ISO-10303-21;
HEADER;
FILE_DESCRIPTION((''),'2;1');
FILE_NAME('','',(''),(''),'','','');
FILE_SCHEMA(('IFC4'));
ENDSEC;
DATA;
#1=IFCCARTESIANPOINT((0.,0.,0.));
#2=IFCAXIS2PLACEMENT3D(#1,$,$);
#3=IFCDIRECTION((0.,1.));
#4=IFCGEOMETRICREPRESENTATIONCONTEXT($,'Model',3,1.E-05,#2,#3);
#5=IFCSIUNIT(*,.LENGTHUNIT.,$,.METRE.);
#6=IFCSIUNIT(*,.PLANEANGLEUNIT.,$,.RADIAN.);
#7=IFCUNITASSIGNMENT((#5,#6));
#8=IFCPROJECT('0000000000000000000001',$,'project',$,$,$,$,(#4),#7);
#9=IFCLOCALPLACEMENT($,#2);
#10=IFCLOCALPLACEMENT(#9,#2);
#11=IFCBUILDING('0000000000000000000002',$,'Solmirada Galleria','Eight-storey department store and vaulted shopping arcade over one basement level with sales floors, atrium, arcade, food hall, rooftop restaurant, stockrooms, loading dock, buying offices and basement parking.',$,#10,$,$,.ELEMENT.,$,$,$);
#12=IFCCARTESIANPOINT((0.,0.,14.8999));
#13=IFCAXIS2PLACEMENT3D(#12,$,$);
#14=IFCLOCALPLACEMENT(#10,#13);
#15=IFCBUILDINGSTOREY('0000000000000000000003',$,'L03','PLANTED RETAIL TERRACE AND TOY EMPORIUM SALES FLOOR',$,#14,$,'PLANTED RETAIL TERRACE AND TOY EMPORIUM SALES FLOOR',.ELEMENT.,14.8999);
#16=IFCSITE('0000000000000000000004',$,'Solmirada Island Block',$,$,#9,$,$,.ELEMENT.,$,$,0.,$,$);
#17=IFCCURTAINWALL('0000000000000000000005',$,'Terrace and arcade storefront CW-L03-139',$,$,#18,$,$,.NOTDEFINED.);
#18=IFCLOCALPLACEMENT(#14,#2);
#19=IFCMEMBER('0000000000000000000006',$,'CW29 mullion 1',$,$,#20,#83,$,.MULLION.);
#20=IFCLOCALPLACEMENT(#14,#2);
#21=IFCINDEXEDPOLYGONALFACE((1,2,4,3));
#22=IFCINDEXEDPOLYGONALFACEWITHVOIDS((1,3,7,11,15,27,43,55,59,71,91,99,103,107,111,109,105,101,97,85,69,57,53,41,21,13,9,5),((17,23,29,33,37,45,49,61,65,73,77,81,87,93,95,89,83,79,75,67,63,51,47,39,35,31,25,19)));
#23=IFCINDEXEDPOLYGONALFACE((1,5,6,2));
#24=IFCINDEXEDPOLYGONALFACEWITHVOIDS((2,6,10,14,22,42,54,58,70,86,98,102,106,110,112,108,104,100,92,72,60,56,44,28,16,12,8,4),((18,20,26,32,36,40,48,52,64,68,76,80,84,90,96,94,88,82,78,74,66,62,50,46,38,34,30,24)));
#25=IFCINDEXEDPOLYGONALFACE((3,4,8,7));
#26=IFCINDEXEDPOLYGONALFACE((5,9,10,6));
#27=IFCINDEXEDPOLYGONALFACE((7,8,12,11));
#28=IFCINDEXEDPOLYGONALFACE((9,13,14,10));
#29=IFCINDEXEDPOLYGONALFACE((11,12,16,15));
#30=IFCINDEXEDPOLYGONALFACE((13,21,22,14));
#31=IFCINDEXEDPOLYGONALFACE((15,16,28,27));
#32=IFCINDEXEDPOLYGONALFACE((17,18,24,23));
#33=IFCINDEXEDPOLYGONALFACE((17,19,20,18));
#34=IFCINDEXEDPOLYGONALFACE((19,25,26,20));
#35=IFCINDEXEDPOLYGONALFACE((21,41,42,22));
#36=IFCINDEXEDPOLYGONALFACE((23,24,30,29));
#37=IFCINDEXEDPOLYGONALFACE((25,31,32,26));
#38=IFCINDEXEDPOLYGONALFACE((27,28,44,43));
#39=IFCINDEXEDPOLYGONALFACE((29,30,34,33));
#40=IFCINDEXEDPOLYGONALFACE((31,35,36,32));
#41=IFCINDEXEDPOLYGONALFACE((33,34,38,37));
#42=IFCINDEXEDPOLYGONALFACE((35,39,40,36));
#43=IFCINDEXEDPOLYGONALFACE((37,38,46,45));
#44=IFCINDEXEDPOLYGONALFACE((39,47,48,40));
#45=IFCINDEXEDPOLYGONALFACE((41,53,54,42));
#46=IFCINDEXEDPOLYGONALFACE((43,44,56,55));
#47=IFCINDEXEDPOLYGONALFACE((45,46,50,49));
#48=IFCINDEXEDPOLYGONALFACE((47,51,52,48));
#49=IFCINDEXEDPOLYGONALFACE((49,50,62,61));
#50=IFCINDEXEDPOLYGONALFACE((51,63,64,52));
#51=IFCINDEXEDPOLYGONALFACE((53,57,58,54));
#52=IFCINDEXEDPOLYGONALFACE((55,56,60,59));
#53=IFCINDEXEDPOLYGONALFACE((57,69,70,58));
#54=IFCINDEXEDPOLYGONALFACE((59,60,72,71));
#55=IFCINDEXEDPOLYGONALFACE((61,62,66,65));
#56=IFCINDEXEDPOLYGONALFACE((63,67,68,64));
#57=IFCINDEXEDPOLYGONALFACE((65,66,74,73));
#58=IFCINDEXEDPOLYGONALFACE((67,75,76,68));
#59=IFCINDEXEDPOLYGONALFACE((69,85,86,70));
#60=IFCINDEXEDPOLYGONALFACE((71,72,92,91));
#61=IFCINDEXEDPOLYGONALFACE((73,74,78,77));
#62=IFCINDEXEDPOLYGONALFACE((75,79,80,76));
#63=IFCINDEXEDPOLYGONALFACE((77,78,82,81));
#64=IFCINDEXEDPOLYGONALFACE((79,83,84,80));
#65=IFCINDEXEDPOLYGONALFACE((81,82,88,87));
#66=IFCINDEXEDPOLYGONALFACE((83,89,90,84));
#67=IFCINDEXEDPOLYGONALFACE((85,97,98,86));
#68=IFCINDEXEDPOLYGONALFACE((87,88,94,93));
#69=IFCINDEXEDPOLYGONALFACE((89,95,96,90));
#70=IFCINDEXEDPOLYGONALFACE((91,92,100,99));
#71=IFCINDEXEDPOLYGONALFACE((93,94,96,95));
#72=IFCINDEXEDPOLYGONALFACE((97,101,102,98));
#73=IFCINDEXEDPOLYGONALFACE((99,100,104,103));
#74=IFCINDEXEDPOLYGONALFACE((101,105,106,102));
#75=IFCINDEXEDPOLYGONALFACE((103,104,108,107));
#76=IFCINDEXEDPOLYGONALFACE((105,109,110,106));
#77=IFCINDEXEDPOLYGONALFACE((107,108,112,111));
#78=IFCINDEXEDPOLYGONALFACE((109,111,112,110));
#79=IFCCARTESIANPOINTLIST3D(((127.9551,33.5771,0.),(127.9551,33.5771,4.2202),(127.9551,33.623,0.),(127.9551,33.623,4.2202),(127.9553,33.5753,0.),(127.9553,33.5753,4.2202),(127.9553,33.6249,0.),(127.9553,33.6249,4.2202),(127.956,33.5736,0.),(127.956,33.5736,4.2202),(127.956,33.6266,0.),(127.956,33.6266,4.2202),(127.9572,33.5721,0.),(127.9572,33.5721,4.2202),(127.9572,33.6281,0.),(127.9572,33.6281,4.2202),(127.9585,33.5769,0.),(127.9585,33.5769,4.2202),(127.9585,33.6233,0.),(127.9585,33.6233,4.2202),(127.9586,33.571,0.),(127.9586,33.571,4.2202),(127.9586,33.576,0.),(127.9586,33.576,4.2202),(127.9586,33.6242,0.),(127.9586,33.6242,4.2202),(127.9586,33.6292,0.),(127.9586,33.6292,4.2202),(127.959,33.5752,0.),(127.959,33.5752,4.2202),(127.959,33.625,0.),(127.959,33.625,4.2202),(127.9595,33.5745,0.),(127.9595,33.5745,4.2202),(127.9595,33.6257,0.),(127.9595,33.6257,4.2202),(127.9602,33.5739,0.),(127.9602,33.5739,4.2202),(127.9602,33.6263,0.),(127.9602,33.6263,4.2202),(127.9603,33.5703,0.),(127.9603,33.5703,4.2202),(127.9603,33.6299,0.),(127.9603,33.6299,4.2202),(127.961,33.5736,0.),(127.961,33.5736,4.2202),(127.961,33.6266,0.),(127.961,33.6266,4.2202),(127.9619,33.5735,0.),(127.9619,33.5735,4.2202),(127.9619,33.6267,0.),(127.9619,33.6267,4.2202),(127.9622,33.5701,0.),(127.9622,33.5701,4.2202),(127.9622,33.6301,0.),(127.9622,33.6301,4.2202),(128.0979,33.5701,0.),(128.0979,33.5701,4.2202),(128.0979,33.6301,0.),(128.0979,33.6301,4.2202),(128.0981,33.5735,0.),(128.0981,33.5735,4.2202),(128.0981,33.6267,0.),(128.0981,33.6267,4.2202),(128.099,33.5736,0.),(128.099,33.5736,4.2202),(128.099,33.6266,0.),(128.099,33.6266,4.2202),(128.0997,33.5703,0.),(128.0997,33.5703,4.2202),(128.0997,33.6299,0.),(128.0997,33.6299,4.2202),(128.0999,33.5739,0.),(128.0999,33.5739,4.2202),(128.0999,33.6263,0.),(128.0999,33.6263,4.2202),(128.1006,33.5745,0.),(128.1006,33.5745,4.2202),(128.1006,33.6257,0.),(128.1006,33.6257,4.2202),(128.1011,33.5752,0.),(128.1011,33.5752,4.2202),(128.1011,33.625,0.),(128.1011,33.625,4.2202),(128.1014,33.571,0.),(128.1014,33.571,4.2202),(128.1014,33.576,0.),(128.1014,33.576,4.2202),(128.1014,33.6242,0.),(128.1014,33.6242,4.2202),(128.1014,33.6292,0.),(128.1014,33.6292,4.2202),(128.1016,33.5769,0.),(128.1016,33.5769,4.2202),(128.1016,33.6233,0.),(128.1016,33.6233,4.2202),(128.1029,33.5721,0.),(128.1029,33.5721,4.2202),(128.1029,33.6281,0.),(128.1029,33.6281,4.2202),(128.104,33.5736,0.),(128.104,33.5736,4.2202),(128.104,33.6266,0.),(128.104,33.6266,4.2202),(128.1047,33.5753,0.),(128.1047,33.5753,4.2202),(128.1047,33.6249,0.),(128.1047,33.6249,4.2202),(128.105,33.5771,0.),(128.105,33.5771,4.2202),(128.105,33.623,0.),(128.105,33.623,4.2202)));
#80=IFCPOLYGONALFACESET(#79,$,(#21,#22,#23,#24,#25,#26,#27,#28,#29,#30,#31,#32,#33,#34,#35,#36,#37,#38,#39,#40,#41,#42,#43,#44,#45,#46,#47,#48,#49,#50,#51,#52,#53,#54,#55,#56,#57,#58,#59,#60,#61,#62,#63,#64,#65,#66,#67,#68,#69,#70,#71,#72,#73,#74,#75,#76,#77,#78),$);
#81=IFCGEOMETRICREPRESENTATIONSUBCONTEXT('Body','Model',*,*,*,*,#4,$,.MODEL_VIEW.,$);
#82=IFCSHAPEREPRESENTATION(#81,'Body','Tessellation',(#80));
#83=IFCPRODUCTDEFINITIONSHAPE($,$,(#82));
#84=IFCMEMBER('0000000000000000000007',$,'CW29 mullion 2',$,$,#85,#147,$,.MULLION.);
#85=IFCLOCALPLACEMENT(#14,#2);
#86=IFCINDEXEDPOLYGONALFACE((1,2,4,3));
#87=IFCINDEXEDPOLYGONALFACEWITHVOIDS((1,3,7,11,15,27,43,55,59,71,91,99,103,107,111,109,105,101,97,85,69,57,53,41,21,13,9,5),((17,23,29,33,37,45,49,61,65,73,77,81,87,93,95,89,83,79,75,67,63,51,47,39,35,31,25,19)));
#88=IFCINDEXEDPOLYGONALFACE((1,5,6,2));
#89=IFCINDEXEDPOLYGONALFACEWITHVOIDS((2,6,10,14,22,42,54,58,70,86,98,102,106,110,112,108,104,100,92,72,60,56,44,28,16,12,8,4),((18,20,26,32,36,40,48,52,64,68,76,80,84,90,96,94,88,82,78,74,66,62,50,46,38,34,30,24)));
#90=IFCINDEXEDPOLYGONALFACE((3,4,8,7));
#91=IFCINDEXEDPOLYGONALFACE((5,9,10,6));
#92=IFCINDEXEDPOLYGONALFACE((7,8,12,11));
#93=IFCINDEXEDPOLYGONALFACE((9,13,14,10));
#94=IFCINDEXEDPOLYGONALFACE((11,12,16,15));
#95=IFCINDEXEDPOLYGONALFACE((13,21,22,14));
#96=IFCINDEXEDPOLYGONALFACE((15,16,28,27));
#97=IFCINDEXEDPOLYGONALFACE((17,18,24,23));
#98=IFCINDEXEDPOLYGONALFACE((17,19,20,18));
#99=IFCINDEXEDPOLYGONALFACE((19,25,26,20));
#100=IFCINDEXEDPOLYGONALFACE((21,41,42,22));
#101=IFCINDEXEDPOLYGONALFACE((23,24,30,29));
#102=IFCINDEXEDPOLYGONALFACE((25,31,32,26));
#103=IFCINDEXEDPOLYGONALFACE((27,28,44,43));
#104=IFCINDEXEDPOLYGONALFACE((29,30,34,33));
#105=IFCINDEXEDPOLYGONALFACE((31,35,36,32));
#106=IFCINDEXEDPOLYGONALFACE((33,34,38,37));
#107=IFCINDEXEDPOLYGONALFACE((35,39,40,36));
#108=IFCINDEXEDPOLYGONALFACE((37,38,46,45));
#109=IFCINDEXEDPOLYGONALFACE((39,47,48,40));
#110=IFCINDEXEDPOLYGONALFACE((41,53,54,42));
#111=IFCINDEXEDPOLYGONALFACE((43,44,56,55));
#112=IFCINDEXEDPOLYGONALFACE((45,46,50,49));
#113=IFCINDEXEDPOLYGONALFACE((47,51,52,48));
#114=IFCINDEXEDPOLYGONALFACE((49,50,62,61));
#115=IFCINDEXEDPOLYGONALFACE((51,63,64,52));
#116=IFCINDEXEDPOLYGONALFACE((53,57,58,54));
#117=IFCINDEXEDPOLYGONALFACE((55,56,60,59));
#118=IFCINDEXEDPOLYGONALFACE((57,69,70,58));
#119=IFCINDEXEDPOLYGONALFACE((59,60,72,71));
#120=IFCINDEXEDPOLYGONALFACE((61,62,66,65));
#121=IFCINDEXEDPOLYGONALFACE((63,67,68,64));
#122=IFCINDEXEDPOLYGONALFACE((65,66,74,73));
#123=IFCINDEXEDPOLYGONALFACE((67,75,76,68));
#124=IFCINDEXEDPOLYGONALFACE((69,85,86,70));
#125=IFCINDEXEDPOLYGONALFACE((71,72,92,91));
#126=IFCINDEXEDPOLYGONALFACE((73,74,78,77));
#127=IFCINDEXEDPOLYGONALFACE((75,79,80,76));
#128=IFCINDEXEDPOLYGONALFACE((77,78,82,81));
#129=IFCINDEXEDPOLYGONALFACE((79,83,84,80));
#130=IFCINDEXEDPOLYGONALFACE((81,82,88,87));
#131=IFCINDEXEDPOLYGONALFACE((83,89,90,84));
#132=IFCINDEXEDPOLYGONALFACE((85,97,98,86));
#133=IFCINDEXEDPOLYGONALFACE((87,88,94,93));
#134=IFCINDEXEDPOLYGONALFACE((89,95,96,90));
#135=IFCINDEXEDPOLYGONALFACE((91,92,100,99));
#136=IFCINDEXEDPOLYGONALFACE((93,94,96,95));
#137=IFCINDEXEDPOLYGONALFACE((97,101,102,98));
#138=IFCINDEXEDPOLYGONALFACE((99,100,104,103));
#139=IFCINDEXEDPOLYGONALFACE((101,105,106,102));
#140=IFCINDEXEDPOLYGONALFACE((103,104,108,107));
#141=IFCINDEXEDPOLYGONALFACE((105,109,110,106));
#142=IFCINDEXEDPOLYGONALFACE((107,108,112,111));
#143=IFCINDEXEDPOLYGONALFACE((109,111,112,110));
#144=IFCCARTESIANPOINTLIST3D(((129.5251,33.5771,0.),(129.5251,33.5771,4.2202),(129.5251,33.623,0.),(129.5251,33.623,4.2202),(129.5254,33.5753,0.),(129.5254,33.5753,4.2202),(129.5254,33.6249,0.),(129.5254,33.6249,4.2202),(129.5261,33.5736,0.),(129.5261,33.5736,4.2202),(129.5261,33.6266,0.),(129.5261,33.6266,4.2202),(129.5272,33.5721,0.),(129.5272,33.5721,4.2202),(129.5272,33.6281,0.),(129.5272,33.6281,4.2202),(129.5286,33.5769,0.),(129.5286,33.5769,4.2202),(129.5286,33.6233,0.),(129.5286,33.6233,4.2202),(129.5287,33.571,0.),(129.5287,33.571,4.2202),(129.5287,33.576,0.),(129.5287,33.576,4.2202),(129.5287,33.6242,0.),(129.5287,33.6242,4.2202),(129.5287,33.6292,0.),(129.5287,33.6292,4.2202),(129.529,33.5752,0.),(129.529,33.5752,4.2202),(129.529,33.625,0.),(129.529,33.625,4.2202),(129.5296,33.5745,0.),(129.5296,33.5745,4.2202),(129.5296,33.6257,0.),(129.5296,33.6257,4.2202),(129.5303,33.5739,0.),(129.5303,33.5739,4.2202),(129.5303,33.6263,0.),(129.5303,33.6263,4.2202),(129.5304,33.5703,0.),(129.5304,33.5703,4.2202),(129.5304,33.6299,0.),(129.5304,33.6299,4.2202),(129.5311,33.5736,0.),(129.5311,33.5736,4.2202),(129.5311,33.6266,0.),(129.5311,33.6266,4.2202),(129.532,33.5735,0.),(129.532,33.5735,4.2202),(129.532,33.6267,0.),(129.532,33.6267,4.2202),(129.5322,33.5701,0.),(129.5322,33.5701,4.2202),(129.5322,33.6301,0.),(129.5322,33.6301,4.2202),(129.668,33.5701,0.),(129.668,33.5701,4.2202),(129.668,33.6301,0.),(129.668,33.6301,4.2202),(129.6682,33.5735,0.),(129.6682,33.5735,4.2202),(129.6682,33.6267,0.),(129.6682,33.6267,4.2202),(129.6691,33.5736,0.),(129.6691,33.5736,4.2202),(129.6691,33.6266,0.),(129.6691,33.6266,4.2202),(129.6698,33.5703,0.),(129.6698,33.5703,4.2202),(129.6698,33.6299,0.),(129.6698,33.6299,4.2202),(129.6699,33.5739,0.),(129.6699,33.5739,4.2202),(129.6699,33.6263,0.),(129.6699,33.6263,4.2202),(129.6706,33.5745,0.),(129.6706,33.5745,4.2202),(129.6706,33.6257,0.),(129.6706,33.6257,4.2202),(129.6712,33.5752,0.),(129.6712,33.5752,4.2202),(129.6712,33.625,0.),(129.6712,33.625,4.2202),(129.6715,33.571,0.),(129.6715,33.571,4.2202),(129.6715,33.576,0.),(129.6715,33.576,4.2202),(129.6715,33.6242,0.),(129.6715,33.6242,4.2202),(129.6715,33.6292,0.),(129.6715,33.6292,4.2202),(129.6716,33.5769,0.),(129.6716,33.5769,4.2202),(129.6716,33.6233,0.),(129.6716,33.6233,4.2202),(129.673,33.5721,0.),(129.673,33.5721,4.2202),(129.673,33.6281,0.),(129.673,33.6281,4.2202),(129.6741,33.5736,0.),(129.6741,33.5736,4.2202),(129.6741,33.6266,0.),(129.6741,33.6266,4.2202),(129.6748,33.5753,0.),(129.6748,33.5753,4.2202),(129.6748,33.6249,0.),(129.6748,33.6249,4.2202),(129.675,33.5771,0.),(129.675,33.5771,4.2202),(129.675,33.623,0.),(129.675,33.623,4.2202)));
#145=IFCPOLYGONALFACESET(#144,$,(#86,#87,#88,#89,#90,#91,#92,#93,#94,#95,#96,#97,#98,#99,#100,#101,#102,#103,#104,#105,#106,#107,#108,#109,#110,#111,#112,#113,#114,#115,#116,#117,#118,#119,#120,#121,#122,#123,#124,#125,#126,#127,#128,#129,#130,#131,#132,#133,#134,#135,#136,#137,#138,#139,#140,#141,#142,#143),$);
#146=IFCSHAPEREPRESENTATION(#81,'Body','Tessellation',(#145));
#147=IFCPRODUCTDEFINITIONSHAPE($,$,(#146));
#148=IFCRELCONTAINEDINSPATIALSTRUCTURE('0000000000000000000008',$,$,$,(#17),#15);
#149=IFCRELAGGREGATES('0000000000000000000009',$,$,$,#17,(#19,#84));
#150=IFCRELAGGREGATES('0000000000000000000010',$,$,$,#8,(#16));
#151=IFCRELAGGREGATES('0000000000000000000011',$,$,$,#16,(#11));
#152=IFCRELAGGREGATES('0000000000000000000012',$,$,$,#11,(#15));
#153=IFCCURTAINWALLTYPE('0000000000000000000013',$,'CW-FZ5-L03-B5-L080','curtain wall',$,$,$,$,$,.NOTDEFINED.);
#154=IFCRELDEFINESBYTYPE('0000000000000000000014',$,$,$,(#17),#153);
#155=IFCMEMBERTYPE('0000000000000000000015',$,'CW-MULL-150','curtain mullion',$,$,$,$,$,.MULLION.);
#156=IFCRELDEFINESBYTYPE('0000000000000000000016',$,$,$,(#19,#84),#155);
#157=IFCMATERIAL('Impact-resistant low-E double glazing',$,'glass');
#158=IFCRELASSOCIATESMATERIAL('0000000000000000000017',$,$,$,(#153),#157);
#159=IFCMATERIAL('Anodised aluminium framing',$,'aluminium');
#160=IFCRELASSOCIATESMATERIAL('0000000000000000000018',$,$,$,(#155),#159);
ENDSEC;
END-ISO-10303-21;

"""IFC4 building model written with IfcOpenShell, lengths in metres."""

from ifc_helpers import new_model, si_unit, direction, frame, origin, origin_2d, place, context, subcontext, project, spatial, hollow_rectangle, extrude, material, material_profile, profile_set, type_object, element, aggregate, save


model = new_model("IFC4")

# Units and contexts
model_context = context("Model", 3, precision=1e-05, world=origin(), true_north=direction((0.0, 1.0)))
body_context = subcontext(model_context, "Body", "Model", "MODEL_VIEW")
ifc_project = project(units=[si_unit("LENGTHUNIT", "METRE"), si_unit("PLANEANGLEUNIT", "RADIAN")], contexts=[model_context])

# Site, building, storey
site_placement = place(None, origin())
site = spatial("IfcSite", under=ifc_project, at=site_placement, Name="Solmirada Island Block", CompositionType="ELEMENT", RefElevation=0.0)
building_placement = place(site_placement, origin())
building = spatial("IfcBuilding", under=site, at=building_placement, Name="Solmirada Galleria", Description="Eight-storey department store and vaulted shopping arcade over one basement level with sales floors, atrium, arcade, food hall, rooftop restaurant, stockrooms, loading dock, buying offices and basement parking.", CompositionType="ELEMENT")
storey_placement = place(building_placement, frame((0.0, 0.0, 14.8999)))
storey = spatial("IfcBuildingStorey", under=building, at=storey_placement, Name="L03", Description="PLANTED RETAIL TERRACE AND TOY EMPORIUM SALES FLOOR", LongName="PLANTED RETAIL TERRACE AND TOY EMPORIUM SALES FLOOR", CompositionType="ELEMENT", Elevation=14.8999)

# Curtain wall, members
ifc_material_1 = material(Name="Impact-resistant low-E double glazing", Category="glass")
curtain_wall_type = type_object("IfcCurtainWallType", Name="CW-FZ5-L03-B5-L080", Description="curtain wall", PredefinedType="NOTDEFINED", material=ifc_material_1)
curtain_wall_placement = place(storey_placement, origin())
curtain_wall = element("IfcCurtainWall", 1, at=curtain_wall_placement, inside=storey, type_object=curtain_wall_type, Name="Terrace and arcade storefront CW-L03-139", PredefinedType="NOTDEFINED")
ifc_material_2 = material(Name="Anodised aluminium framing", Category="aluminium")
ifc_material_profile_1 = material_profile(ifc_material_2, hollow_rectangle(XDim=0.0601, YDim=0.1499, WallThickness=0.0034, InnerFilletRadius=0.0034, OuterFilletRadius=0.0071, at=origin_2d()), Name="ALU-MULL-150X60")
ifc_profile_set_1 = profile_set([ifc_material_profile_1], Name="Anodised aluminium framing")
member_type_1 = type_object("IfcMemberType", Name="CW-MULL-150", Description="curtain mullion", PredefinedType="MULLION", material=ifc_profile_set_1)
member_1_placement = place(storey_placement, frame((128.03, 33.6001, 0.0), z_axis=(0.0, 0.0, 1.0), x_axis=(0.0, 1.0, 0.0)))
member_1 = element("IfcMember", 2, at=member_1_placement, type_object=member_type_1, Name="CW29 mullion 1", PredefinedType="MULLION", context=body_context, shape_type="SweptSolid", body=[
    extrude(hollow_rectangle(XDim=0.0601, YDim=0.1499, WallThickness=0.0034, InnerFilletRadius=0.0034, OuterFilletRadius=0.0071, at=origin_2d()), origin(), (0.0, 0.0, 1.0), 4.2202),
])
member_2_placement = place(storey_placement, frame((129.6001, 33.6001, 0.0), z_axis=(0.0, 0.0, 1.0), x_axis=(0.0, 1.0, 0.0)))
member_2 = element("IfcMember", 3, at=member_2_placement, type_object=member_type_1, Name="CW29 mullion 2", PredefinedType="MULLION", context=body_context, shape_type="SweptSolid", body=[
    extrude(hollow_rectangle(XDim=0.0601, YDim=0.1499, WallThickness=0.0034, InnerFilletRadius=0.0034, OuterFilletRadius=0.0071, at=origin_2d()), origin(), (0.0, 0.0, 1.0), 4.2202),
])
aggregate(curtain_wall, [member_1, member_2])

save(model, "model.ifc")
